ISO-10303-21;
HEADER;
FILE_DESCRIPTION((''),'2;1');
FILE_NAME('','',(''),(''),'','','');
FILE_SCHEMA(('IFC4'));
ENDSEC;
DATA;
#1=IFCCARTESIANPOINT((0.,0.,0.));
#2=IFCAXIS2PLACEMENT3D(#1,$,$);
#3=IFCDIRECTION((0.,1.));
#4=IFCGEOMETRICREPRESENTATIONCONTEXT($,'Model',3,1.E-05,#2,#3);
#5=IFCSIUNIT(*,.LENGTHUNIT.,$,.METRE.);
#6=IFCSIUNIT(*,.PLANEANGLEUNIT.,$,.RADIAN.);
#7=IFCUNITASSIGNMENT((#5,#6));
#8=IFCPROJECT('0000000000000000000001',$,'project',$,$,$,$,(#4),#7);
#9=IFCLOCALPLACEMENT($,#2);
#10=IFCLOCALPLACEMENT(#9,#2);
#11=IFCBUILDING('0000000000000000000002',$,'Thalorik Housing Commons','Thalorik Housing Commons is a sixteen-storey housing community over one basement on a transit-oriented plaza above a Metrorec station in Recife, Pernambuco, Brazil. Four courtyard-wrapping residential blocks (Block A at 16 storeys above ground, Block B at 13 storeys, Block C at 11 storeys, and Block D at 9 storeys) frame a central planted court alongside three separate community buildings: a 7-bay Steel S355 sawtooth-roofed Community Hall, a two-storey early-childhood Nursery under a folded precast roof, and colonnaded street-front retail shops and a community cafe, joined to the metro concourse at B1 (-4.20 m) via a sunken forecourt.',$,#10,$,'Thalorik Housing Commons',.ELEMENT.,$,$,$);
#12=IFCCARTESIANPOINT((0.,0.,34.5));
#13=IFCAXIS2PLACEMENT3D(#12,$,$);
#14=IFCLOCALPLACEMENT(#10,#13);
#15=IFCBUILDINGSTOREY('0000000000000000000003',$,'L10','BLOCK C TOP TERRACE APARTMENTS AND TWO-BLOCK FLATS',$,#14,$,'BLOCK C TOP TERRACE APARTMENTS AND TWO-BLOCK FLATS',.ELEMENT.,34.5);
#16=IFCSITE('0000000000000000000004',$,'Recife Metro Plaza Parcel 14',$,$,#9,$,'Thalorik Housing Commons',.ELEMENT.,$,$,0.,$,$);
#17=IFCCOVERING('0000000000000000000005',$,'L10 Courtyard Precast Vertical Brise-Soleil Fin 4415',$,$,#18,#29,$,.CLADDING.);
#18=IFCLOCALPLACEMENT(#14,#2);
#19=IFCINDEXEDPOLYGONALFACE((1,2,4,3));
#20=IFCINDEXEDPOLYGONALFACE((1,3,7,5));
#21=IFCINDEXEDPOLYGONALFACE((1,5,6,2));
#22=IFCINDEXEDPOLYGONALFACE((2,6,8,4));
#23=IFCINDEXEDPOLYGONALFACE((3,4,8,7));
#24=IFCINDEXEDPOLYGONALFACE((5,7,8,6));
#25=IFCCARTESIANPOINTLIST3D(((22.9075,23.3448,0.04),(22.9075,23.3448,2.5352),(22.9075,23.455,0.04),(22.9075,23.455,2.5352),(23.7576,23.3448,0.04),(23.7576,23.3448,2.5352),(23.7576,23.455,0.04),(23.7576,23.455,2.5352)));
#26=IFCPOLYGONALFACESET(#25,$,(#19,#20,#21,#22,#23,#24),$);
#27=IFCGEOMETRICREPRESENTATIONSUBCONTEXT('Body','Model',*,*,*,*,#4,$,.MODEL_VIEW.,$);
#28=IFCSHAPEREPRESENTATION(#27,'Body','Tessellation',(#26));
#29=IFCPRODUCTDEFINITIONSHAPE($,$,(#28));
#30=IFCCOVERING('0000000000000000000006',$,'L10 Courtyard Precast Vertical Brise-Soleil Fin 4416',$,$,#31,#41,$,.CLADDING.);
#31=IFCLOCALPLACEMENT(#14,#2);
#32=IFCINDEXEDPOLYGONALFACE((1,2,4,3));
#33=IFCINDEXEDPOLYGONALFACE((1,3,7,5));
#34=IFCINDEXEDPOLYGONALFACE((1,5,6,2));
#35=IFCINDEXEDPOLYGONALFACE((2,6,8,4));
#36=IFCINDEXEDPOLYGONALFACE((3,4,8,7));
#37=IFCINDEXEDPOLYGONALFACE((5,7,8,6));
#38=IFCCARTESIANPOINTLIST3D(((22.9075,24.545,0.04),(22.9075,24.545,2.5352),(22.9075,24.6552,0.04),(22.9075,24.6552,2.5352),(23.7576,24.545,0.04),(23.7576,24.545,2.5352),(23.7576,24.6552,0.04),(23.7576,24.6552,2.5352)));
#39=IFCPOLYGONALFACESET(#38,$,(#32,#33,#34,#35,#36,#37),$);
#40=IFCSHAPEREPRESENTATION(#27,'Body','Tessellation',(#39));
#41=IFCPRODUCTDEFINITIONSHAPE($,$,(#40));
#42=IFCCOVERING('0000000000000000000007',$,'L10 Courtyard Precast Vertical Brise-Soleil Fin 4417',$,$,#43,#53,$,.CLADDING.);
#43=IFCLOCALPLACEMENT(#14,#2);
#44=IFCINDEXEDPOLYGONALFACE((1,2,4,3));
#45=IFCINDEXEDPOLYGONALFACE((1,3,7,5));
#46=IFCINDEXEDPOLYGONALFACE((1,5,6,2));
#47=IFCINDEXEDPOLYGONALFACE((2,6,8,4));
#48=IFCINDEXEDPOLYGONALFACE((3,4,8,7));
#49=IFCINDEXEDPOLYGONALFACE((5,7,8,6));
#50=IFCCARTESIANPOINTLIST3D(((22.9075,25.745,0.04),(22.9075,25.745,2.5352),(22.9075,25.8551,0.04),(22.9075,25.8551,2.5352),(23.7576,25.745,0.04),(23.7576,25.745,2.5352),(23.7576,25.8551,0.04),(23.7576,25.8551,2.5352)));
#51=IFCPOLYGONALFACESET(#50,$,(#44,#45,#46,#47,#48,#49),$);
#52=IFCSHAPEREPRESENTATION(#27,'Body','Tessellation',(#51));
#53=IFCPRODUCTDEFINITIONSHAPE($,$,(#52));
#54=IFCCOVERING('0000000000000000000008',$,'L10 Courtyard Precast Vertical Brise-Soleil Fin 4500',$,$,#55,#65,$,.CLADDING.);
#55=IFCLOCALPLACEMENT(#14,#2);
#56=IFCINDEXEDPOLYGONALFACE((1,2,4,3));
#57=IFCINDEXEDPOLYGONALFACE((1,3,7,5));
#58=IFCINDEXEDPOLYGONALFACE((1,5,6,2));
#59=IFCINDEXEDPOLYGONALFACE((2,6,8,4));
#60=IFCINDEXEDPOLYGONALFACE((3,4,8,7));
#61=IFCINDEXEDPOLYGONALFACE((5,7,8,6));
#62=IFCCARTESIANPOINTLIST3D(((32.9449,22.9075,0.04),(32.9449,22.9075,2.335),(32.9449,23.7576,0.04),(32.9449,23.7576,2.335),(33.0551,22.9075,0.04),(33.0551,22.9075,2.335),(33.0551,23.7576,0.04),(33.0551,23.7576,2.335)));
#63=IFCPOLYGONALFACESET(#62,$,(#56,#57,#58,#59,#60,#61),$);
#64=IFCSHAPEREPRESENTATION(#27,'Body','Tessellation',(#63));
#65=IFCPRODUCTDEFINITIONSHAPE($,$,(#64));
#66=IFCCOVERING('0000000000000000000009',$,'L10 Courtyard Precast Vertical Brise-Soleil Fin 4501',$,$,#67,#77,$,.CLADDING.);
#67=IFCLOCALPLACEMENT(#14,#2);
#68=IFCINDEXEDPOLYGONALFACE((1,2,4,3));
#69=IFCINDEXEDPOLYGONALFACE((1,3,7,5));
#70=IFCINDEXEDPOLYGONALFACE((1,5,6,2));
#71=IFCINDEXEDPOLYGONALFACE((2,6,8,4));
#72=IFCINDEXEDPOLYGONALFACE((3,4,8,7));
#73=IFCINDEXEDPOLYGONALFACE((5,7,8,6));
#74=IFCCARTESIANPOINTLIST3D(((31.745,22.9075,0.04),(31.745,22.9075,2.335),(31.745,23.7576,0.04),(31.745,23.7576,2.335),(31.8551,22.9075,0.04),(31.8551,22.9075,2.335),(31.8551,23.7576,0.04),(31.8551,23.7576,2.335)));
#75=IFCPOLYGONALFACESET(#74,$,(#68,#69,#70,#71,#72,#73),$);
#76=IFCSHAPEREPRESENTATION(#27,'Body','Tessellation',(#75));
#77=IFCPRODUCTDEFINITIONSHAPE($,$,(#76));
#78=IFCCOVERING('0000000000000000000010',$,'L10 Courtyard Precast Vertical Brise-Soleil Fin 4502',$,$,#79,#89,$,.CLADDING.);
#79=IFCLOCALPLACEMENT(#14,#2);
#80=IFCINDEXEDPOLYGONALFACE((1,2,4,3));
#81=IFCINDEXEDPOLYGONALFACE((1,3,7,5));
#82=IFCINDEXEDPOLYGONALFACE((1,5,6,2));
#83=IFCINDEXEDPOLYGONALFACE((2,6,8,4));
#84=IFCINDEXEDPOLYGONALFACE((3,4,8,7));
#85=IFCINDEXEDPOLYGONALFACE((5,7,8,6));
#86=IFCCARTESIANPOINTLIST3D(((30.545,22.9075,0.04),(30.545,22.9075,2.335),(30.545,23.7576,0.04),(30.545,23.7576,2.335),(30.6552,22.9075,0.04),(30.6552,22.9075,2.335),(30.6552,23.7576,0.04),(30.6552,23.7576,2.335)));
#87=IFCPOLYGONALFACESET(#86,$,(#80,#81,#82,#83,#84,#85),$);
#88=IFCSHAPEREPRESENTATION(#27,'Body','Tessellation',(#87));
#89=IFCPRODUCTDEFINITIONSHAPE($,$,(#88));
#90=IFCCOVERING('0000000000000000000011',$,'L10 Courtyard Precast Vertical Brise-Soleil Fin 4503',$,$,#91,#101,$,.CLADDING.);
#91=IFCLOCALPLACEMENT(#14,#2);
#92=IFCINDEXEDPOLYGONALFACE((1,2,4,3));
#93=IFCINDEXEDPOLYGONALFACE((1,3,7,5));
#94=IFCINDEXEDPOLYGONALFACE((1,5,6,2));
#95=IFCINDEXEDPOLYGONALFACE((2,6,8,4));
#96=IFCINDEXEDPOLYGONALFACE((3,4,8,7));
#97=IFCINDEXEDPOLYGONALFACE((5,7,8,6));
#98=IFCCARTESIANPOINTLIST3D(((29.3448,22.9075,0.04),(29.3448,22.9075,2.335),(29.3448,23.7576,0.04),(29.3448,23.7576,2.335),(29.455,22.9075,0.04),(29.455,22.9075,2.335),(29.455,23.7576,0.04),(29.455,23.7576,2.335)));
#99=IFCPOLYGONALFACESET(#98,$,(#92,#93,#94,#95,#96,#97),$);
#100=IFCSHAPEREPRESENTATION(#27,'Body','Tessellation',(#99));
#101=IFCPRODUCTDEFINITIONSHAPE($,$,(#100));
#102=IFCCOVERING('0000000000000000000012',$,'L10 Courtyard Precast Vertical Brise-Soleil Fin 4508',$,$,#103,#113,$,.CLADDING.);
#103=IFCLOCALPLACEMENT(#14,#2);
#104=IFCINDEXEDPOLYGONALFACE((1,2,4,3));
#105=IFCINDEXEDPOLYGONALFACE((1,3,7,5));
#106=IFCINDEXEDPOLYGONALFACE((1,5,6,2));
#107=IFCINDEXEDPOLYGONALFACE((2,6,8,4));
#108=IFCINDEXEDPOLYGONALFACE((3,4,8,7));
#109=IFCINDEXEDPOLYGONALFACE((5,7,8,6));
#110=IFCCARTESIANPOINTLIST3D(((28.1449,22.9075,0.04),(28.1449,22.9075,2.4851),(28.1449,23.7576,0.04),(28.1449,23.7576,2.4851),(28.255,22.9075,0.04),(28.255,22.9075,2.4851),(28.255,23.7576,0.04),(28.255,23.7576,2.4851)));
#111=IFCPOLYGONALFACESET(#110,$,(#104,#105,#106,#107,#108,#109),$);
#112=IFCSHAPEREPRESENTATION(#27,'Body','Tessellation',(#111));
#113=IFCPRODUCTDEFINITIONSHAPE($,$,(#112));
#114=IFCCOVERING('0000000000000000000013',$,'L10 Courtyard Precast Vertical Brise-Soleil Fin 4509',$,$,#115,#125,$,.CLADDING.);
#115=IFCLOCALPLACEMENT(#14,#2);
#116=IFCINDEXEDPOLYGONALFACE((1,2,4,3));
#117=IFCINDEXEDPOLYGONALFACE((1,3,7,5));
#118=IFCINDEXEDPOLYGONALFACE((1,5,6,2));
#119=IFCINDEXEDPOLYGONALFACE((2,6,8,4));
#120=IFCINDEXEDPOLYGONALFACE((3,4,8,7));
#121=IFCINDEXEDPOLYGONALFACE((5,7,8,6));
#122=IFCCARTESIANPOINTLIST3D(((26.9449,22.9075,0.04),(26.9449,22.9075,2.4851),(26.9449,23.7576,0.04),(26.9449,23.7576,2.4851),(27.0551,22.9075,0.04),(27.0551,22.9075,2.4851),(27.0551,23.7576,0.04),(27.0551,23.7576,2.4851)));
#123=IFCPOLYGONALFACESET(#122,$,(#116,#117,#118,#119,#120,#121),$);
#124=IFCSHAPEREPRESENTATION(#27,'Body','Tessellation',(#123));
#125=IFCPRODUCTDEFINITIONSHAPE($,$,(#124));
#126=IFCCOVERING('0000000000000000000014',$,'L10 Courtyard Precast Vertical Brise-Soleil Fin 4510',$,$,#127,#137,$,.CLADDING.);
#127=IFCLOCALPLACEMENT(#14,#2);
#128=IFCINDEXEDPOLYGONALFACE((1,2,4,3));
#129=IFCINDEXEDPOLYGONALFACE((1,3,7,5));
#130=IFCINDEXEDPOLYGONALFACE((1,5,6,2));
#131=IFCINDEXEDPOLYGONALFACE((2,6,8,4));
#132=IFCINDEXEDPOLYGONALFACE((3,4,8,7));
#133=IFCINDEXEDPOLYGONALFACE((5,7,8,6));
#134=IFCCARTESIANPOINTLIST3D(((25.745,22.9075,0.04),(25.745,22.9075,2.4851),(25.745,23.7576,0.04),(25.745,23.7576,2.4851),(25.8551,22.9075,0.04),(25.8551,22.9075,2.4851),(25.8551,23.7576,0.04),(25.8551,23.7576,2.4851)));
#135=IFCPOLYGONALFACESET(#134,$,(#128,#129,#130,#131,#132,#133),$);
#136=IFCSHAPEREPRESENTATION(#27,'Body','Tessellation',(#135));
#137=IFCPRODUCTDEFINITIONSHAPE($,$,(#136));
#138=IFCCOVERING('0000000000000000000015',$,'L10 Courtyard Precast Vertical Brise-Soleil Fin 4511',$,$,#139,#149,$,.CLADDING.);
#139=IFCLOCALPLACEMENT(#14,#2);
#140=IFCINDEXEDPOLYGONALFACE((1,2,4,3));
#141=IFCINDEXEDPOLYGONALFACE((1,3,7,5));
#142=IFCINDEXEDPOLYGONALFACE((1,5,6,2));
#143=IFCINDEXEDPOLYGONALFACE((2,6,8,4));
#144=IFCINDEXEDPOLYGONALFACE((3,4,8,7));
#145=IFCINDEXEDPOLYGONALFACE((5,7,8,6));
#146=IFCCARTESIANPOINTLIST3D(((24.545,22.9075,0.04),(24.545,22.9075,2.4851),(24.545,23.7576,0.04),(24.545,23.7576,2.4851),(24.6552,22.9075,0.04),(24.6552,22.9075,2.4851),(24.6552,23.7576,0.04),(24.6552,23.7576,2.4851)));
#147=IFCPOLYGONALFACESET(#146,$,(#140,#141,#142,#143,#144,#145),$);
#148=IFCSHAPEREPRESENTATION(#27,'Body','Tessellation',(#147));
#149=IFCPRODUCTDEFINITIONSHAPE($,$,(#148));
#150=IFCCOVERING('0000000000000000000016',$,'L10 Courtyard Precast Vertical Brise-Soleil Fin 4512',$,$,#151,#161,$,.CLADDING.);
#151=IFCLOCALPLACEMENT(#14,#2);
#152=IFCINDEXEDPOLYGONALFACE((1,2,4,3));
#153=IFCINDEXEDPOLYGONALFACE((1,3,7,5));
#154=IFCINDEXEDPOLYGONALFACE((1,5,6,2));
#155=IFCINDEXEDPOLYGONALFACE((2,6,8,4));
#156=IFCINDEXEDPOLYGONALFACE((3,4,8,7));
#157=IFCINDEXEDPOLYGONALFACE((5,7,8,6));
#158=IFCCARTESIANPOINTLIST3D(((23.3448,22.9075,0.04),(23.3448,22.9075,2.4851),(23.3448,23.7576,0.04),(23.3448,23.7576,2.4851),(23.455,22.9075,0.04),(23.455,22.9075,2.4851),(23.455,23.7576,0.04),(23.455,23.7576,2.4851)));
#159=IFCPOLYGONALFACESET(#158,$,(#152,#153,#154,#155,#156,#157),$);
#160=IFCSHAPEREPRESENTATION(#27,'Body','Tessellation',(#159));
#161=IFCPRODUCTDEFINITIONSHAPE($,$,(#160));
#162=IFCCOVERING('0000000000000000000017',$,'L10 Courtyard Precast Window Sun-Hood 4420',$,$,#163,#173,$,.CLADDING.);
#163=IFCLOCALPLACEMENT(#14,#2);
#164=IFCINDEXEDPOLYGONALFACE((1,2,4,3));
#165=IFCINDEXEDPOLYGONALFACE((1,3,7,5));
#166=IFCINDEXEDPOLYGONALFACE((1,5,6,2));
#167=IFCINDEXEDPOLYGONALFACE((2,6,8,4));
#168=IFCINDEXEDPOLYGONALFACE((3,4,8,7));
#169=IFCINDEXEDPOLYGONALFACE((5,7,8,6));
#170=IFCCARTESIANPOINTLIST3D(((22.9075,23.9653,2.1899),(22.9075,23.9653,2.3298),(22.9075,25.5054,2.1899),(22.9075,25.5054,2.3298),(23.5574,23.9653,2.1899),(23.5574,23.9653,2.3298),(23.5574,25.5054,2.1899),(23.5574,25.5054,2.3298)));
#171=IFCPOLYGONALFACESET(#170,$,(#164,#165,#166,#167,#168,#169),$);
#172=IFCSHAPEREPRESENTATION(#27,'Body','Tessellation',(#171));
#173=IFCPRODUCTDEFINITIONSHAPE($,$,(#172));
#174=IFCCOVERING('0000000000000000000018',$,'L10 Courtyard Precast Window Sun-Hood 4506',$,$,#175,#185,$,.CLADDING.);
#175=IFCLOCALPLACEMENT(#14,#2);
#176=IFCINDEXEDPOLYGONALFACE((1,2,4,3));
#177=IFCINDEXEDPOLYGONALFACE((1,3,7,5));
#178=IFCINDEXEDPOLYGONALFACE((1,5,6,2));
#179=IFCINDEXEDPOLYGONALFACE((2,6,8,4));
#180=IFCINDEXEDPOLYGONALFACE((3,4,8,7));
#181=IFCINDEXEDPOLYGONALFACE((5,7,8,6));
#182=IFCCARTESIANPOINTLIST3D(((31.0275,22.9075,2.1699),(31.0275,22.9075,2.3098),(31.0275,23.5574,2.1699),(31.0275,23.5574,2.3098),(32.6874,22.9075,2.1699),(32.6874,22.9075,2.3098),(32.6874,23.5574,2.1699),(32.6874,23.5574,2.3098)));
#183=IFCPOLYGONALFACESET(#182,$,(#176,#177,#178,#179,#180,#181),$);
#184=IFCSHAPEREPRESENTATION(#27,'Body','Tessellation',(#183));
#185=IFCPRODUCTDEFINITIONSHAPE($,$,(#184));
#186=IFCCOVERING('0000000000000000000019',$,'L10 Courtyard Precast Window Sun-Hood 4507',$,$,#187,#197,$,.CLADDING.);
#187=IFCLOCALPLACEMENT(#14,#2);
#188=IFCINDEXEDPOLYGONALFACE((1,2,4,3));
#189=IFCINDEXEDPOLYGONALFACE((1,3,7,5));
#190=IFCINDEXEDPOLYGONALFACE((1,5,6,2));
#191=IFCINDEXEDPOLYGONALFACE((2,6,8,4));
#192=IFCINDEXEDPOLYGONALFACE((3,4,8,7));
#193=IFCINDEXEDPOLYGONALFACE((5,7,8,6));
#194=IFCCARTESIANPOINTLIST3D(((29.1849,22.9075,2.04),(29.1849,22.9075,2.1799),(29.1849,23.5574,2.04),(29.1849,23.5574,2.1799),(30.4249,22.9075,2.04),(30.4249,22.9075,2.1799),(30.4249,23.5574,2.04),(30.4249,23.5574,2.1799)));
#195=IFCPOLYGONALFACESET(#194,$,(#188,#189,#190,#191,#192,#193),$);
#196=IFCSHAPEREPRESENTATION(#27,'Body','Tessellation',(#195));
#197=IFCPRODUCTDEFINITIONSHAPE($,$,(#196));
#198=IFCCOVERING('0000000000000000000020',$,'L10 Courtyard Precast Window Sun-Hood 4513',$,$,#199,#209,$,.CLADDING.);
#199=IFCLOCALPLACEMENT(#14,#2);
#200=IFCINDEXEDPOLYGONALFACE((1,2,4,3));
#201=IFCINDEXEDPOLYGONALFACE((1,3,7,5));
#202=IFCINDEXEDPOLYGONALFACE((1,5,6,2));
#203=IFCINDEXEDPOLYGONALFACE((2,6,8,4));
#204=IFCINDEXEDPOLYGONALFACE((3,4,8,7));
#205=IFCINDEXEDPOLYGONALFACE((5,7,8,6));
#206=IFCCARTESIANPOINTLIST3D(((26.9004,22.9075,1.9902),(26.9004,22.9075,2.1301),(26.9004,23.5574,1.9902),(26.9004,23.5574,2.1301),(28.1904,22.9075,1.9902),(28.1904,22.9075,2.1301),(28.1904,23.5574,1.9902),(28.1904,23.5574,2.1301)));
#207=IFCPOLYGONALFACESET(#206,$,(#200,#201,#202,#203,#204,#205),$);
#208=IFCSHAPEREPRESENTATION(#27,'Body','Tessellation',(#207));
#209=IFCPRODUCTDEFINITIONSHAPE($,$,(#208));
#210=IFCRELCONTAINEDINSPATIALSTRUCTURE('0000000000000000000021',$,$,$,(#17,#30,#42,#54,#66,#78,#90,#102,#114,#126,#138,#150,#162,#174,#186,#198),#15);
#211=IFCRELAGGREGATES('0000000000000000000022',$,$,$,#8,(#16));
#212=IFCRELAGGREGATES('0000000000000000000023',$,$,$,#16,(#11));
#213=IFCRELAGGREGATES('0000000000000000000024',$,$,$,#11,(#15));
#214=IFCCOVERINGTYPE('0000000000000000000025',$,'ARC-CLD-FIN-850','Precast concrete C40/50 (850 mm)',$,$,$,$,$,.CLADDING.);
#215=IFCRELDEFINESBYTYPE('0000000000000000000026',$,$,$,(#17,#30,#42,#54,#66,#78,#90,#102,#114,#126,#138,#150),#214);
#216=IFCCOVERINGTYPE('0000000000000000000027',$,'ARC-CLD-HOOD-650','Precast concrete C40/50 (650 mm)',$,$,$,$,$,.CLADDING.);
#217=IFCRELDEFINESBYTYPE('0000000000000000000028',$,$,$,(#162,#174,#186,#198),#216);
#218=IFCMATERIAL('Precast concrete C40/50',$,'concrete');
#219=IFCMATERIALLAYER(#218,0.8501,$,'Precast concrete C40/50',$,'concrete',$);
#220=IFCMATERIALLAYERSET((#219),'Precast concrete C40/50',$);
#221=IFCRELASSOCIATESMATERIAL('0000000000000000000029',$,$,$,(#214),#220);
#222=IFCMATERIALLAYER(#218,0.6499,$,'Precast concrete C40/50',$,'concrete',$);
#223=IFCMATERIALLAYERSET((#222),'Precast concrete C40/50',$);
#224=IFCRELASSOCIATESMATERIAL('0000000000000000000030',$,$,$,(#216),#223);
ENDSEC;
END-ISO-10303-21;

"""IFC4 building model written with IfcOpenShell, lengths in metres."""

from ifc_helpers import new_model, si_unit, direction, frame, origin, origin_2d, place, context, subcontext, project, spatial, rectangle, extrude, material, layer, layer_set, type_object, element, save


model = new_model("IFC4")

# Units and contexts
model_context = context("Model", 3, precision=1e-05, world=origin(), true_north=direction((0.0, 1.0)))
body_context = subcontext(model_context, "Body", "Model", "MODEL_VIEW")
ifc_project = project(units=[si_unit("LENGTHUNIT", "METRE"), si_unit("PLANEANGLEUNIT", "RADIAN")], contexts=[model_context])

# Site, building, storey
site_placement = place(None, origin())
site = spatial("IfcSite", under=ifc_project, at=site_placement, Name="Recife Metro Plaza Parcel 14", LongName="Thalorik Housing Commons", CompositionType="ELEMENT", RefElevation=0.0)
building_placement = place(site_placement, origin())
building = spatial("IfcBuilding", under=site, at=building_placement, Name="Thalorik Housing Commons", Description="Thalorik Housing Commons is a sixteen-storey housing community over one basement on a transit-oriented plaza above a Metrorec station in Recife, Pernambuco, Brazil. Four courtyard-wrapping residential blocks (Block A at 16 storeys above ground, Block B at 13 storeys, Block C at 11 storeys, and Block D at 9 storeys) frame a central planted court alongside three separate community buildings: a 7-bay Steel S355 sawtooth-roofed Community Hall, a two-storey early-childhood Nursery under a folded precast roof, and colonnaded street-front retail shops and a community cafe, joined to the metro concourse at B1 (-4.20 m) via a sunken forecourt.", LongName="Thalorik Housing Commons", CompositionType="ELEMENT")
storey_placement = place(building_placement, frame((0.0, 0.0, 34.5)))
storey = spatial("IfcBuildingStorey", under=building, at=storey_placement, Name="L10", Description="BLOCK C TOP TERRACE APARTMENTS AND TWO-BLOCK FLATS", LongName="BLOCK C TOP TERRACE APARTMENTS AND TWO-BLOCK FLATS", CompositionType="ELEMENT", Elevation=34.5)

# Coverings
ifc_material = material(Name="Precast concrete C40/50", Category="concrete")
ifc_layer_1 = layer(ifc_material, 0.8501, Name="Precast concrete C40/50", Category="concrete")
ifc_layer_set_1 = layer_set([ifc_layer_1], Name="Precast concrete C40/50")
covering_type_1 = type_object("IfcCoveringType", Name="ARC-CLD-FIN-850", Description="Precast concrete C40/50 (850 mm)", PredefinedType="CLADDING", material=ifc_layer_set_1)
for number, where, z_axis, x_axis, name in (
    (1, (23.3325, 23.3999, 0.04), (0.0, 0.0, 1.0), (0.0, 1.0, 0.0), "L10 Courtyard Precast Vertical Brise-Soleil Fin 4415"),
    (2, (23.3325, 24.6001, 0.04), (0.0, 0.0, 1.0), (0.0, 1.0, 0.0), "L10 Courtyard Precast Vertical Brise-Soleil Fin 4416"),
    (3, (23.3325, 25.8, 0.04), (0.0, 0.0, 1.0), (0.0, 1.0, 0.0), "L10 Courtyard Precast Vertical Brise-Soleil Fin 4417"),
):
    element("IfcCovering", number, at=place(storey_placement, frame(where, z_axis=z_axis, x_axis=x_axis)), inside=storey, type_object=covering_type_1, Name=name, PredefinedType="CLADDING", context=body_context, shape_type="SweptSolid", body=[
        extrude(rectangle(XDim=0.1101, YDim=0.8501, at=origin_2d()), origin(), (0.0, 0.0, 1.0), 2.4951),
    ])
for number, where, z_axis, x_axis, name in (
    (4, (33.0, 23.3325, 0.04), (0.0, 0.0, 1.0), (-1.0, 0.0, 0.0), "L10 Courtyard Precast Vertical Brise-Soleil Fin 4500"),
    (5, (31.8, 23.3325, 0.04), (0.0, 0.0, 1.0), (-1.0, 0.0, 0.0), "L10 Courtyard Precast Vertical Brise-Soleil Fin 4501"),
    (6, (30.6001, 23.3325, 0.04), (0.0, 0.0, 1.0), (-1.0, 0.0, 0.0), "L10 Courtyard Precast Vertical Brise-Soleil Fin 4502"),
    (7, (29.3999, 23.3325, 0.04), (0.0, 0.0, 1.0), (-1.0, 0.0, 0.0), "L10 Courtyard Precast Vertical Brise-Soleil Fin 4503"),
):
    element("IfcCovering", number, at=place(storey_placement, frame(where, z_axis=z_axis, x_axis=x_axis)), inside=storey, type_object=covering_type_1, Name=name, PredefinedType="CLADDING", context=body_context, shape_type="SweptSolid", body=[
        extrude(rectangle(XDim=0.1101, YDim=0.8501, at=origin_2d()), origin(), (0.0, 0.0, 1.0), 2.2949),
    ])
for number, where, z_axis, x_axis, name in (
    (8, (28.2, 23.3325, 0.04), (0.0, 0.0, 1.0), (-1.0, 0.0, 0.0), "L10 Courtyard Precast Vertical Brise-Soleil Fin 4508"),
    (9, (27.0, 23.3325, 0.04), (0.0, 0.0, 1.0), (-1.0, 0.0, 0.0), "L10 Courtyard Precast Vertical Brise-Soleil Fin 4509"),
    (10, (25.8, 23.3325, 0.04), (0.0, 0.0, 1.0), (-1.0, 0.0, 0.0), "L10 Courtyard Precast Vertical Brise-Soleil Fin 4510"),
    (11, (24.6001, 23.3325, 0.04), (0.0, 0.0, 1.0), (-1.0, 0.0, 0.0), "L10 Courtyard Precast Vertical Brise-Soleil Fin 4511"),
    (12, (23.3999, 23.3325, 0.04), (0.0, 0.0, 1.0), (-1.0, 0.0, 0.0), "L10 Courtyard Precast Vertical Brise-Soleil Fin 4512"),
):
    element("IfcCovering", number, at=place(storey_placement, frame(where, z_axis=z_axis, x_axis=x_axis)), inside=storey, type_object=covering_type_1, Name=name, PredefinedType="CLADDING", context=body_context, shape_type="SweptSolid", body=[
        extrude(rectangle(XDim=0.1101, YDim=0.8501, at=origin_2d()), origin(), (0.0, 0.0, 1.0), 2.4451),
    ])
ifc_layer_2 = layer(ifc_material, 0.6499, Name="Precast concrete C40/50", Category="concrete")
ifc_layer_set_2 = layer_set([ifc_layer_2], Name="Precast concrete C40/50")
covering_type_2 = type_object("IfcCoveringType", Name="ARC-CLD-HOOD-650", Description="Precast concrete C40/50 (650 mm)", PredefinedType="CLADDING", material=ifc_layer_set_2)
covering_1_placement = place(storey_placement, frame((23.2324, 24.7354, 2.1899), z_axis=(0.0, 0.0, 1.0), x_axis=(0.0, 1.0, 0.0)))
element("IfcCovering", 13, at=covering_1_placement, inside=storey, type_object=covering_type_2, Name="L10 Courtyard Precast Window Sun-Hood 4420", PredefinedType="CLADDING", context=body_context, shape_type="SweptSolid", body=[
    extrude(rectangle(XDim=1.54, YDim=0.6499, at=origin_2d()), origin(), (0.0, 0.0, 1.0), 0.1399),
])
covering_2_placement = place(storey_placement, frame((31.8574, 23.2324, 2.1699), z_axis=(0.0, 0.0, 1.0), x_axis=(-1.0, 0.0, 0.0)))
element("IfcCovering", 14, at=covering_2_placement, inside=storey, type_object=covering_type_2, Name="L10 Courtyard Precast Window Sun-Hood 4506", PredefinedType="CLADDING", context=body_context, shape_type="SweptSolid", body=[
    extrude(rectangle(XDim=1.6599, YDim=0.6499, at=origin_2d()), origin(), (0.0, 0.0, 1.0), 0.1399),
])
covering_3_placement = place(storey_placement, frame((29.8049, 23.2324, 2.04), z_axis=(0.0, 0.0, 1.0), x_axis=(-1.0, 0.0, 0.0)))
element("IfcCovering", 15, at=covering_3_placement, inside=storey, type_object=covering_type_2, Name="L10 Courtyard Precast Window Sun-Hood 4507", PredefinedType="CLADDING", context=body_context, shape_type="SweptSolid", body=[
    extrude(rectangle(XDim=1.24, YDim=0.6499, at=origin_2d()), origin(), (0.0, 0.0, 1.0), 0.1399),
])
covering_4_placement = place(storey_placement, frame((27.5454, 23.2324, 1.9902), z_axis=(0.0, 0.0, 1.0), x_axis=(-1.0, 0.0, 0.0)))
element("IfcCovering", 16, at=covering_4_placement, inside=storey, type_object=covering_type_2, Name="L10 Courtyard Precast Window Sun-Hood 4513", PredefinedType="CLADDING", context=body_context, shape_type="SweptSolid", body=[
    extrude(rectangle(XDim=1.29, YDim=0.6499, at=origin_2d()), origin(), (0.0, 0.0, 1.0), 0.1399),
])

save(model, "model.ifc")
